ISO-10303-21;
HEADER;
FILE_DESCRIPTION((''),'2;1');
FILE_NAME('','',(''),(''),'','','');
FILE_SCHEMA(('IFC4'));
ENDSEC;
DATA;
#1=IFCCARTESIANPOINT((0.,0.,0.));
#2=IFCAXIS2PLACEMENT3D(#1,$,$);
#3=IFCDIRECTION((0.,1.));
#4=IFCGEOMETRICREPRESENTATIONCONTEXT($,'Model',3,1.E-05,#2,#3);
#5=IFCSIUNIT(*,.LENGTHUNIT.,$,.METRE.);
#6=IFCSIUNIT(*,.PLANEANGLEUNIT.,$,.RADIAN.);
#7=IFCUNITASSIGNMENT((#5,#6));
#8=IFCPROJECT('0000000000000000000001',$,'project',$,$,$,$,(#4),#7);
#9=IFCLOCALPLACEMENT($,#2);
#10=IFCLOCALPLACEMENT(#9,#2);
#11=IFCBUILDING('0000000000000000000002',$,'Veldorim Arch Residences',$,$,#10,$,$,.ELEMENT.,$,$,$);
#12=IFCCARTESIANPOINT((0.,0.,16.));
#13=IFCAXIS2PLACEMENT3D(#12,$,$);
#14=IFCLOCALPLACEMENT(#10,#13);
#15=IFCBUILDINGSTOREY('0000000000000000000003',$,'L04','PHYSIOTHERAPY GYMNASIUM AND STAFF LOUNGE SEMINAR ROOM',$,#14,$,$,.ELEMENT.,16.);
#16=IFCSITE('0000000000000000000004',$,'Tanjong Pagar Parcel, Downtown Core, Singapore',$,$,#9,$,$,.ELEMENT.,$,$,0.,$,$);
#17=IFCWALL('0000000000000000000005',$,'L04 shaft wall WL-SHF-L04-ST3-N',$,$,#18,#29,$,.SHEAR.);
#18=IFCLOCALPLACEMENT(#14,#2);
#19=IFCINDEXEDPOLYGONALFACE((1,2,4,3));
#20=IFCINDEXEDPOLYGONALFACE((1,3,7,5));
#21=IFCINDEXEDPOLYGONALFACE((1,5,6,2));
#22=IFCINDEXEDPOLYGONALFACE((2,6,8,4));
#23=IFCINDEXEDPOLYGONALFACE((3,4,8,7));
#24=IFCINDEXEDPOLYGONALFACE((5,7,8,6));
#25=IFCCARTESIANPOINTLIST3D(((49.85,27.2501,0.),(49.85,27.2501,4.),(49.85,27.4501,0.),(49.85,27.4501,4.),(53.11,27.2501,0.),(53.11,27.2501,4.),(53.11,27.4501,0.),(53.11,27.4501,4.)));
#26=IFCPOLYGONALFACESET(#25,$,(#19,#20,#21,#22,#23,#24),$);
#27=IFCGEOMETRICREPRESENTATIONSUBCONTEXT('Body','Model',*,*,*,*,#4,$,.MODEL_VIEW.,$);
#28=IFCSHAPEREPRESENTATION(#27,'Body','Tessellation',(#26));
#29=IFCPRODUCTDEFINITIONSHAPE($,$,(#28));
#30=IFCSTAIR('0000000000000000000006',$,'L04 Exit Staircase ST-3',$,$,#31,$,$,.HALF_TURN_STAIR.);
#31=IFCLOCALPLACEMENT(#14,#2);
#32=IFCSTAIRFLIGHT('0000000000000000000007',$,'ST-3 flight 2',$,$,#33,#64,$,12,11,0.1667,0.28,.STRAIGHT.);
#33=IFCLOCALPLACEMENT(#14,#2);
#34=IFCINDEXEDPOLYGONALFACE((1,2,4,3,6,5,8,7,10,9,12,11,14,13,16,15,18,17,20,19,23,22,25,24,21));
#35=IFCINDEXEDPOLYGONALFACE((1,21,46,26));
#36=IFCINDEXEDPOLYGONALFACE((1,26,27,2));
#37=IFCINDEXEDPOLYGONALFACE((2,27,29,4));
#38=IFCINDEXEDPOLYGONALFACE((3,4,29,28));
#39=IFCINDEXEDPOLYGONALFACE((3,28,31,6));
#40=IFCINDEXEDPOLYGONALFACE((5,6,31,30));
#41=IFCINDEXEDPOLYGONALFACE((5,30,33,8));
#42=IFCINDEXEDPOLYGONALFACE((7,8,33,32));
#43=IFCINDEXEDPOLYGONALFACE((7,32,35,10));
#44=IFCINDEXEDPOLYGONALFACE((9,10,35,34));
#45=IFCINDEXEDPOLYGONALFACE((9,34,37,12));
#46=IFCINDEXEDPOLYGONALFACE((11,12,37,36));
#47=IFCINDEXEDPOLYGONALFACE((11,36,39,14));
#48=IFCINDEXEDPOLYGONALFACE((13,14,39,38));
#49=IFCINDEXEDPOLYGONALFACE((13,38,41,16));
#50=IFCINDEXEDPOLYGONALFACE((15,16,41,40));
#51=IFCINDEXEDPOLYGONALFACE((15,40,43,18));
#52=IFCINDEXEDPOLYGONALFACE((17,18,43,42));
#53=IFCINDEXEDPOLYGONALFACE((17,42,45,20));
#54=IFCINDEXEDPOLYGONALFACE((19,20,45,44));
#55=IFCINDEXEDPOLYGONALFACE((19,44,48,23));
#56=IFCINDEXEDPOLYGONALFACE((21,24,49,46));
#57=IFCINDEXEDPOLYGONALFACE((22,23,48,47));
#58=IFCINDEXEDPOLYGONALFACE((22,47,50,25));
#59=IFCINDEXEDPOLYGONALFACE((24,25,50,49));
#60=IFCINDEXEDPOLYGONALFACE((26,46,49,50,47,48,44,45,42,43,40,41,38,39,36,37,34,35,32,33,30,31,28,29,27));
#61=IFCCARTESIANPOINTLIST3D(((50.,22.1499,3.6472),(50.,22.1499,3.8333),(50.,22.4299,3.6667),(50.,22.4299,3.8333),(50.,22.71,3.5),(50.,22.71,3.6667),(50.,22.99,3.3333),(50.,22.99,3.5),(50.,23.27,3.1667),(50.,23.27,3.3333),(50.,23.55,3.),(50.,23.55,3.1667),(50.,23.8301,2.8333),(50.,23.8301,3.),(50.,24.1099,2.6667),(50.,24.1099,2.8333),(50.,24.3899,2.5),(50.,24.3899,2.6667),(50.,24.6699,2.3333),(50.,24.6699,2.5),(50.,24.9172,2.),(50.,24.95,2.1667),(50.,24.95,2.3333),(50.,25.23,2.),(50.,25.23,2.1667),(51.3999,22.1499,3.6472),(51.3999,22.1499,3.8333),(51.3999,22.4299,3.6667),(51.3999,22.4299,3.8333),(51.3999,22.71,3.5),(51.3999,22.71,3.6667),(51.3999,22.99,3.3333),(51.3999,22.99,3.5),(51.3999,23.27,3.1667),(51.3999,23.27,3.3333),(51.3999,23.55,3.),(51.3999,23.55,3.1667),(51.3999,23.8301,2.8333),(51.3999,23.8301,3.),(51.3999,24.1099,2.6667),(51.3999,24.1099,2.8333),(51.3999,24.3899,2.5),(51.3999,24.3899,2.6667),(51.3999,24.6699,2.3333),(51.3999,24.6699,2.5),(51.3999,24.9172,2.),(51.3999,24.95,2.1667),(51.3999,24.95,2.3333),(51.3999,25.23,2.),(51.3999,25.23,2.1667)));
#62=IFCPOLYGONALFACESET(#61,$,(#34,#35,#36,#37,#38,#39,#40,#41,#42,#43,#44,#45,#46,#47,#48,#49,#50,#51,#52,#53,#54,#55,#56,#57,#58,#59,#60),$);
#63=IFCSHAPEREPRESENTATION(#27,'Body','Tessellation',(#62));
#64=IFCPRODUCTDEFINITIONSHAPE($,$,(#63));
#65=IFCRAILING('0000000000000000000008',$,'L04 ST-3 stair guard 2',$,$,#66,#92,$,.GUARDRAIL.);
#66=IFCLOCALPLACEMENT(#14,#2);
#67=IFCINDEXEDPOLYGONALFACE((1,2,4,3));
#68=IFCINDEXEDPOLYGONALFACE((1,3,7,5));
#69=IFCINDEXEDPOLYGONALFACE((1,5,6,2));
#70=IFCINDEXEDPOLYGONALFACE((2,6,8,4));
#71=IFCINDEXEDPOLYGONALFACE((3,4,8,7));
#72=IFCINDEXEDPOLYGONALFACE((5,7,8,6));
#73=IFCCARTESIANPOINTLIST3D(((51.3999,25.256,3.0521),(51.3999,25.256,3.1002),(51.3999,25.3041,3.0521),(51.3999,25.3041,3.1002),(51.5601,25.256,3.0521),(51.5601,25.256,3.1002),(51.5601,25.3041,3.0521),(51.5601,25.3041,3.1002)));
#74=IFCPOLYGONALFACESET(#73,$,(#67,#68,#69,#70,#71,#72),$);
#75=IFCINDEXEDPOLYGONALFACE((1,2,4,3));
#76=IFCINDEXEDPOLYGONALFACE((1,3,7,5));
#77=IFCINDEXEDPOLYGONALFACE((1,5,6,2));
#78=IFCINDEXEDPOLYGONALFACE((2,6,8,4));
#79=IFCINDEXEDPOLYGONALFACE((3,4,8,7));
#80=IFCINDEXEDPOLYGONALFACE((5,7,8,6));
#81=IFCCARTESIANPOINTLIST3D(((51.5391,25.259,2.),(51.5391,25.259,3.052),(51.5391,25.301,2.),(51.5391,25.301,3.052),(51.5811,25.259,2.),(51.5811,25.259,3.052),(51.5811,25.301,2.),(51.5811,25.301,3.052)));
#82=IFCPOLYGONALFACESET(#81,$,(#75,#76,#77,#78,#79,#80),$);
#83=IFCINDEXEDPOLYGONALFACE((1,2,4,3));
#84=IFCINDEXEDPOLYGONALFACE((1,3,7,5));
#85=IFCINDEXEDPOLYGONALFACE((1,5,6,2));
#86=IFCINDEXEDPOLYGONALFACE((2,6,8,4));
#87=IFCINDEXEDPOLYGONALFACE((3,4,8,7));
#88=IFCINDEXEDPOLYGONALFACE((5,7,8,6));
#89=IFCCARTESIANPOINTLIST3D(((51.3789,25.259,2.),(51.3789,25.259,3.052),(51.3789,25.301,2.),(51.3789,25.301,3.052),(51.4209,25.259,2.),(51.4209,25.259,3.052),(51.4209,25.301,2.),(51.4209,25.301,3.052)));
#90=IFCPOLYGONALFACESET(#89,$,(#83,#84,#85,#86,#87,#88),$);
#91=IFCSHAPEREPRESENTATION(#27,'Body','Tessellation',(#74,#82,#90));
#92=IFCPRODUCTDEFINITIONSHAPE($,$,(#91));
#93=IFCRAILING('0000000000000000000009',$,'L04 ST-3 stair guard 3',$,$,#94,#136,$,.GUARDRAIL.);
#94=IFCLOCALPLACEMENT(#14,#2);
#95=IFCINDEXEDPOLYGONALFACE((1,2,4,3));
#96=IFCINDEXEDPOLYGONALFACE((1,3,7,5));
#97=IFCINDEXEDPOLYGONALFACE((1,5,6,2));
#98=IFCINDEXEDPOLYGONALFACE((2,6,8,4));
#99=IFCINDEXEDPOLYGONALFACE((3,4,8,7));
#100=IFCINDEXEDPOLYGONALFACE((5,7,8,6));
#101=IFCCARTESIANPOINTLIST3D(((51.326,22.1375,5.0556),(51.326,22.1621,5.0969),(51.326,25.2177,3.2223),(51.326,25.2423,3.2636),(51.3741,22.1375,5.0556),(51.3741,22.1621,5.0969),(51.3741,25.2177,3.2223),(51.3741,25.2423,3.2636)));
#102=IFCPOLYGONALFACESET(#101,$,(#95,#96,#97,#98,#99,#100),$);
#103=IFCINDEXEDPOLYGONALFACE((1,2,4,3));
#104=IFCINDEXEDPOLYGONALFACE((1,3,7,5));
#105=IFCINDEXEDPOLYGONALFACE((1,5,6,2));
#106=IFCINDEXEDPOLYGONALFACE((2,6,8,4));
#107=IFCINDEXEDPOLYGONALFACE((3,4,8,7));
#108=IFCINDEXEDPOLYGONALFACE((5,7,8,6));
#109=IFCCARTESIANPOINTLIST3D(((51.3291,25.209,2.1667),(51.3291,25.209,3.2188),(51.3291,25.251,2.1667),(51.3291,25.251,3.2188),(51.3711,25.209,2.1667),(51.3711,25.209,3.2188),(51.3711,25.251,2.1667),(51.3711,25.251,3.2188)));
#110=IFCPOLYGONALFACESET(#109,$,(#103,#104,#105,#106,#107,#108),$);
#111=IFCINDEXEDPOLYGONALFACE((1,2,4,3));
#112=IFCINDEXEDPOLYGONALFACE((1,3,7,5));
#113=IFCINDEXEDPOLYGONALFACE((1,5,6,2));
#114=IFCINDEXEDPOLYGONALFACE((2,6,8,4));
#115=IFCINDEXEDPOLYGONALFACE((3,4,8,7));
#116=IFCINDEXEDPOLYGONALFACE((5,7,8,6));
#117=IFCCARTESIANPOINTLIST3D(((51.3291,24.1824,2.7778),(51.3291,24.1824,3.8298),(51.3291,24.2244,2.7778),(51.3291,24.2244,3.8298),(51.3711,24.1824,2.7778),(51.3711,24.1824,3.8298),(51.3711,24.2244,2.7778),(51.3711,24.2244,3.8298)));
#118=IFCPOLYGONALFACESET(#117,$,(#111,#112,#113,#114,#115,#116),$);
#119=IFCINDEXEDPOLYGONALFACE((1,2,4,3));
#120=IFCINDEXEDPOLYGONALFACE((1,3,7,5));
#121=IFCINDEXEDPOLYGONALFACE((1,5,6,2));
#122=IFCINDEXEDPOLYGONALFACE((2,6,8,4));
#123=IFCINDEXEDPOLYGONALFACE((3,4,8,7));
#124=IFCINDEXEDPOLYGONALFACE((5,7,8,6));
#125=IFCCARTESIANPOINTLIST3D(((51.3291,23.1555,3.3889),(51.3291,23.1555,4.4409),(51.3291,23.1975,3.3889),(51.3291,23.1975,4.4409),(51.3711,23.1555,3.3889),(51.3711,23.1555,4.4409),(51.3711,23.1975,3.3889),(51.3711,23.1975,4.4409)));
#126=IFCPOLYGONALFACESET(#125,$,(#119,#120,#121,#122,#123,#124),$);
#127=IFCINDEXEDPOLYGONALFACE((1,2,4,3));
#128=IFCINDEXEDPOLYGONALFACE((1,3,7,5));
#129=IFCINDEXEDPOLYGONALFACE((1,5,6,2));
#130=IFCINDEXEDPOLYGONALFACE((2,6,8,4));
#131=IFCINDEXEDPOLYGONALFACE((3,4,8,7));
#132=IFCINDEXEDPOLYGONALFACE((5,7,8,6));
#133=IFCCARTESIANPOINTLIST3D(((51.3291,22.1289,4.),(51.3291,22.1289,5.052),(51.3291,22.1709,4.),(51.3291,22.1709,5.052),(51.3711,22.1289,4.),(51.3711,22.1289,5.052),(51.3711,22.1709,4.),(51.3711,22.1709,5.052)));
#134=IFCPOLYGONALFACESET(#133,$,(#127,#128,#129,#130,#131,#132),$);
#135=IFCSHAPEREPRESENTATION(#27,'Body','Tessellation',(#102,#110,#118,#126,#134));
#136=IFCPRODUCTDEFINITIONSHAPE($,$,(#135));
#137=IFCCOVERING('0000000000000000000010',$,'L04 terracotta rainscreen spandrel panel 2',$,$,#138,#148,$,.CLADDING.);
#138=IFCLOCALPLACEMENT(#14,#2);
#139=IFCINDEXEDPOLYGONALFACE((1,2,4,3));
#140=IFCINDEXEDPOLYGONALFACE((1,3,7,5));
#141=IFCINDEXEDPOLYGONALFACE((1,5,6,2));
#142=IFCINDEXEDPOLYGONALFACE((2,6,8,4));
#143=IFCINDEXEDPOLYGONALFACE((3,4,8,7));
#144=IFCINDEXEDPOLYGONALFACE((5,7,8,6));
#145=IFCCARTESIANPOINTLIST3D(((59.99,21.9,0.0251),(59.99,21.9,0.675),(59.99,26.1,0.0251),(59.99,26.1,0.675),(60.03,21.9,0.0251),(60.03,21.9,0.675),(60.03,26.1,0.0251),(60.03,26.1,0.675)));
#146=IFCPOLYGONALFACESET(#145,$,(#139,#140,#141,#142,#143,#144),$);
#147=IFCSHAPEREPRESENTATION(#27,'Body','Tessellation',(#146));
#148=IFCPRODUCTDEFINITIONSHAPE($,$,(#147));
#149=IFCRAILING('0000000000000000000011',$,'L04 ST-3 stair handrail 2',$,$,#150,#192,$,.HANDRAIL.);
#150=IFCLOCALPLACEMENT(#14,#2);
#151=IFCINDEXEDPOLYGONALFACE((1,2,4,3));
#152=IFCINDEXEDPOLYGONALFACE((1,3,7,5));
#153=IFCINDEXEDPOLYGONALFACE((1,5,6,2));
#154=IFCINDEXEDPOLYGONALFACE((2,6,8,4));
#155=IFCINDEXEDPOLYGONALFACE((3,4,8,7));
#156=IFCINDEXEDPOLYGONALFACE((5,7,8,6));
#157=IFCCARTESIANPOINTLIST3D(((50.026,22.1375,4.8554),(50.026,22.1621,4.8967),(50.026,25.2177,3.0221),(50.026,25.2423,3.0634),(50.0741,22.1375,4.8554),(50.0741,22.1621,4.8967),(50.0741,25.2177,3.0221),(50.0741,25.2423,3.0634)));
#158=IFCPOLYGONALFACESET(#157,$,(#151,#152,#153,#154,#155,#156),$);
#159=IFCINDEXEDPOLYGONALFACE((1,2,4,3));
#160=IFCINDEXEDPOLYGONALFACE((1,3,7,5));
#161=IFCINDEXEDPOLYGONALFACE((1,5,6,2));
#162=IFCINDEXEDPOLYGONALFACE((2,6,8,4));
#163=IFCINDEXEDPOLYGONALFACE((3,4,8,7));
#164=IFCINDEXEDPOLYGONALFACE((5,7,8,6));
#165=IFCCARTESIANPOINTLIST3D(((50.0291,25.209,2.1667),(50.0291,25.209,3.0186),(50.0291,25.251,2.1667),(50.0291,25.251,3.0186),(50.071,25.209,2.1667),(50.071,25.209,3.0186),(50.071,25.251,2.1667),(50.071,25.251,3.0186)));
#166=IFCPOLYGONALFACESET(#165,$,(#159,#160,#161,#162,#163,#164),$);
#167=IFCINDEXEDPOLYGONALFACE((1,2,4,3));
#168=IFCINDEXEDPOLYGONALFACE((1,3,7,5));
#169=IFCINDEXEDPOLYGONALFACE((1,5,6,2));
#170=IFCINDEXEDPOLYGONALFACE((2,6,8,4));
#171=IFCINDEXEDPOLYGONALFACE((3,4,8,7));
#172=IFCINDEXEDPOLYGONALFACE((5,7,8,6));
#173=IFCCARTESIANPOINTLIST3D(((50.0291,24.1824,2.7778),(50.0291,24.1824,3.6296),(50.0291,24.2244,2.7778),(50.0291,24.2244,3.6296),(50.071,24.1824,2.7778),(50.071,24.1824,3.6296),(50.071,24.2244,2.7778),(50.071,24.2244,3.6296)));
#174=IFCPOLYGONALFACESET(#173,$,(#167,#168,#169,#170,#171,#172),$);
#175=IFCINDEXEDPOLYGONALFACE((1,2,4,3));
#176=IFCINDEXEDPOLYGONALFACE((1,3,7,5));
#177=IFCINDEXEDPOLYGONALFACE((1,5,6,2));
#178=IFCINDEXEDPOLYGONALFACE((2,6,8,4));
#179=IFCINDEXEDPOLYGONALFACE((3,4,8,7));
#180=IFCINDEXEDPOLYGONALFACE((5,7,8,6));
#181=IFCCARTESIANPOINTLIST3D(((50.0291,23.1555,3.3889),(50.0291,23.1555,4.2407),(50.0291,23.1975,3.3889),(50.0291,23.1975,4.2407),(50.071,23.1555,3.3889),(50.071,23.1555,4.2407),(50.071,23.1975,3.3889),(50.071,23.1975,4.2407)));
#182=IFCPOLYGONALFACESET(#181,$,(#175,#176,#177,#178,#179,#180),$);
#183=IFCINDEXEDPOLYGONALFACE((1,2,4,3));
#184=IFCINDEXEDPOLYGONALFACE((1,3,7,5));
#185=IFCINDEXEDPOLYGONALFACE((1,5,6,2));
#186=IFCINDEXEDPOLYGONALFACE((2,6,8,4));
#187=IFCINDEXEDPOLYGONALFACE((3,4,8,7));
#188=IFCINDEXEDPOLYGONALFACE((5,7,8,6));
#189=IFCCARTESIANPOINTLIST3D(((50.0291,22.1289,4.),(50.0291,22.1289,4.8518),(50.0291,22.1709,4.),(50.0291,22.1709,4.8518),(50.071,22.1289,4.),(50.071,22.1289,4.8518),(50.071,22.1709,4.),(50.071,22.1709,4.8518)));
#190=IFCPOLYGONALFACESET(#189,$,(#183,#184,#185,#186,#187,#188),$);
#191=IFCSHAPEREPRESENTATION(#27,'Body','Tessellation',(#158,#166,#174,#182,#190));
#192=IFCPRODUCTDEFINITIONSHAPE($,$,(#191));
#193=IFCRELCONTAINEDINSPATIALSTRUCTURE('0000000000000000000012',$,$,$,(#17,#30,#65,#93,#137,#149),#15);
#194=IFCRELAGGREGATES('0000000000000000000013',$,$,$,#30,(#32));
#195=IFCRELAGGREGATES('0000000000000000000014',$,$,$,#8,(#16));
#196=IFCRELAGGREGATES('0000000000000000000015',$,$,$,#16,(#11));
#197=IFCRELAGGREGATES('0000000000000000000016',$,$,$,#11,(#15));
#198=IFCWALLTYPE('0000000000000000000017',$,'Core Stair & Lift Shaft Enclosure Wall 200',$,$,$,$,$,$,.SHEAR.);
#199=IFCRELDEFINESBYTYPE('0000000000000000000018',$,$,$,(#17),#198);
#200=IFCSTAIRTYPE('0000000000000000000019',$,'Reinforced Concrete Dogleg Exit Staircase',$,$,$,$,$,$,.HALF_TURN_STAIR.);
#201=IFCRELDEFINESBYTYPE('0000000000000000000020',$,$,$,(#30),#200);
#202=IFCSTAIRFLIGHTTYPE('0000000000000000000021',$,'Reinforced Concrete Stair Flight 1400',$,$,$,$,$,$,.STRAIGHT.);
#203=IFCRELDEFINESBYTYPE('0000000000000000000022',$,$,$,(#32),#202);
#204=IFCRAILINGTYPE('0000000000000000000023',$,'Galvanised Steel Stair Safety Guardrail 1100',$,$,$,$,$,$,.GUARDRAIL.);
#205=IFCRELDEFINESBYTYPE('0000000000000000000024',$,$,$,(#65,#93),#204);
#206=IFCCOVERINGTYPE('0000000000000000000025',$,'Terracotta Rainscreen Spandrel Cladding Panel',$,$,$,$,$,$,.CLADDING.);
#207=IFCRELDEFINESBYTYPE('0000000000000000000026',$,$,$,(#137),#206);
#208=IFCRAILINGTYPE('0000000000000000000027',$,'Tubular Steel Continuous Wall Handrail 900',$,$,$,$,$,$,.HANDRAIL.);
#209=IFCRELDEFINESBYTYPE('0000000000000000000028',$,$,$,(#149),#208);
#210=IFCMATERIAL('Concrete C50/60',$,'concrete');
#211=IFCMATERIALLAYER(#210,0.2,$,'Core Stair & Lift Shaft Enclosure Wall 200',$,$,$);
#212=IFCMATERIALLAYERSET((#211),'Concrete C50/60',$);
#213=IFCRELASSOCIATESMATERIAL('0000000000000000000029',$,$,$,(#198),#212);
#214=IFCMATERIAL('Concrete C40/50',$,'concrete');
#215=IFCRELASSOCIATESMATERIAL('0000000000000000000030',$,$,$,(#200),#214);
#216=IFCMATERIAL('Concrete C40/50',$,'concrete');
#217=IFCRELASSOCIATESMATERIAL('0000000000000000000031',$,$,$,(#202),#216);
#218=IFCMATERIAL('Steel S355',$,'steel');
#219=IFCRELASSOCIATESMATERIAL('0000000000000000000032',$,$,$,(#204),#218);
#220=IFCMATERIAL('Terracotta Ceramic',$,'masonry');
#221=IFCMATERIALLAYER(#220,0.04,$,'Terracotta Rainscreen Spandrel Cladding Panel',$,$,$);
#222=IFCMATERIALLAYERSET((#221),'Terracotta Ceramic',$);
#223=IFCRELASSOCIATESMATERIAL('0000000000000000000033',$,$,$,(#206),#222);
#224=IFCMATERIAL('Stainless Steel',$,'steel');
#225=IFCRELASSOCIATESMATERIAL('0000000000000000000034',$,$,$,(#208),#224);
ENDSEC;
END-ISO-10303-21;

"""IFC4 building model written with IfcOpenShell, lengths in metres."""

from ifc_helpers import new_model, si_unit, direction, frame, frame_2d, origin, origin_2d, place, context, subcontext, project, spatial, polyline, rectangle, outline, extrude, material, layer, layer_set, type_object, element, aggregate, save


model = new_model("IFC4")

# Units and contexts
model_context = context("Model", 3, precision=1e-05, world=origin(), true_north=direction((0.0, 1.0)))
body_context = subcontext(model_context, "Body", "Model", "MODEL_VIEW")
ifc_project = project(units=[si_unit("LENGTHUNIT", "METRE"), si_unit("PLANEANGLEUNIT", "RADIAN")], contexts=[model_context])

# Site, building, storey
site_placement = place(None, origin())
site = spatial("IfcSite", under=ifc_project, at=site_placement, Name="Tanjong Pagar Parcel, Downtown Core, Singapore", CompositionType="ELEMENT", RefElevation=0.0)
building_placement = place(site_placement, origin())
building = spatial("IfcBuilding", under=site, at=building_placement, Name="Veldorim Arch Residences", CompositionType="ELEMENT")
storey_placement = place(building_placement, frame((0.0, 0.0, 16.0)))
storey = spatial("IfcBuildingStorey", under=building, at=storey_placement, Name="L04", Description="PHYSIOTHERAPY GYMNASIUM AND STAFF LOUNGE SEMINAR ROOM", CompositionType="ELEMENT", Elevation=16.0)

# Wall
ifc_material_1 = material(Name="Concrete C50/60", Category="concrete")
ifc_layer_1 = layer(ifc_material_1, 0.2, Name="Core Stair & Lift Shaft Enclosure Wall 200")
ifc_layer_set_1 = layer_set([ifc_layer_1], Name="Concrete C50/60")
wall_type_1 = type_object("IfcWallType", Name="Core Stair & Lift Shaft Enclosure Wall 200", PredefinedType="SHEAR", material=ifc_layer_set_1)
wall_1_placement = place(storey_placement, frame((49.8501, 27.3501, 0.0), z_axis=(0.0, 0.0, 1.0), x_axis=(1.0, 0.0, 0.0)))
element("IfcWall", 1, at=wall_1_placement, inside=storey, type_object=wall_type_1, Name="L04 shaft wall WL-SHF-L04-ST3-N", PredefinedType="SHEAR", context=body_context, shape_type="SweptSolid", body=[
    extrude(rectangle(XDim=3.26, YDim=0.2, at=frame_2d((1.6299, 0.0))), origin(), (0.0, 0.0, 1.0), 4.0),
])

# Stair, stair flight
ifc_material_2 = material(Name="Concrete C40/50", Category="concrete")
stair_type = type_object("IfcStairType", Name="Reinforced Concrete Dogleg Exit Staircase", PredefinedType="HALF_TURN_STAIR", material=ifc_material_2)
stair_placement = place(storey_placement, origin())
stair = element("IfcStair", 2, at=stair_placement, inside=storey, type_object=stair_type, Name="L04 Exit Staircase ST-3", PredefinedType="HALF_TURN_STAIR")
ifc_material_3 = material(Name="Concrete C40/50", Category="concrete")
stair_flight_type = type_object("IfcStairFlightType", Name="Reinforced Concrete Stair Flight 1400", PredefinedType="STRAIGHT", material=ifc_material_3)
stair_flight_placement = place(storey_placement, frame((50.7, 25.23, 2.0), z_axis=(0.0, 0.0, 1.0), x_axis=(0.0, -1.0, 0.0)))
stair_flight = element("IfcStairFlight", 3, at=stair_flight_placement, type_object=stair_flight_type, Name="ST-3 flight 2", NumberOfRisers=12, NumberOfTreads=11, PredefinedType="STRAIGHT", RiserHeight=0.1667, TreadLength=0.28, context=body_context, shape_type="SweptSolid", body=[
    extrude(outline(polyline([(0.0, 0.0), (0.0, 0.1667), (0.28, 0.1667), (0.28, 0.3333), (0.5601, 0.3333), (0.5601, 0.5), (0.8401, 0.5), (0.8401, 0.6667), (1.1201, 0.6667), (1.1201, 0.8333), (1.3999, 0.8333), (1.3999, 1.0), (1.6799, 1.0), (1.6799, 1.1667), (1.96, 1.1667), (1.96, 1.3333), (2.24, 1.3333), (2.24, 1.5), (2.52, 1.5), (2.52, 1.6667), (2.8, 1.6667), (2.8, 1.8333), (3.0801, 1.8333), (3.0801, 2.0), (3.0801, 1.6472), (0.3127, 0.0), (0.0, 0.0)])), frame((0.0, 0.7, 0.0), z_axis=(0.0, -1.0, 0.0), x_axis=(1.0, 0.0, 0.0)), (0.0, 0.0, 1.0), 1.3999),
])
aggregate(stair, [stair_flight])

# Railings
ifc_material_4 = material(Name="Steel S355", Category="steel")
railing_type_1 = type_object("IfcRailingType", Name="Galvanised Steel Stair Safety Guardrail 1100", PredefinedType="GUARDRAIL", material=ifc_material_4)
railing_1_placement = place(storey_placement, frame((51.5601, 25.28, 2.0)))
element("IfcRailing", 4, at=railing_1_placement, inside=storey, type_object=railing_type_1, Name="L04 ST-3 stair guard 2", PredefinedType="GUARDRAIL", context=body_context, shape_type="SweptSolid", body=[
    extrude(rectangle(XDim=0.0481, YDim=0.0481, at=origin_2d()), frame((0.0, 0.0, 1.0762), z_axis=(-1.0, 0.0, 0.0), x_axis=(0.0, -1.0, 0.0)), (0.0, 0.0, 1.0), 0.1602),
    extrude(rectangle(XDim=0.042, YDim=0.042, at=origin_2d()), origin(), (0.0, 0.0, 1.0), 1.052),
    extrude(rectangle(XDim=0.042, YDim=0.042, at=origin_2d()), frame((-0.1602, 0.0, 0.0)), (0.0, 0.0, 1.0), 1.052),
])
railing_2_placement = place(storey_placement, frame((51.3501, 25.23, 2.1667)))
element("IfcRailing", 5, at=railing_2_placement, inside=storey, type_object=railing_type_1, Name="L04 ST-3 stair guard 3", PredefinedType="GUARDRAIL", context=body_context, shape_type="SweptSolid", body=[
    extrude(rectangle(XDim=0.0481, YDim=0.0481, at=origin_2d()), frame((0.0, 0.0, 1.0762), z_axis=(0.0, -0.859309, 0.511458), x_axis=(1.0, 0.0, 0.0)), (0.0, 0.0, 1.0), 3.5845),
    extrude(rectangle(XDim=0.042, YDim=0.042, at=origin_2d()), origin(), (0.0, 0.0, 1.0), 1.052),
    extrude(rectangle(XDim=0.042, YDim=0.042, at=origin_2d()), frame((0.0, -1.0266, 0.6111)), (0.0, 0.0, 1.0), 1.052),
    extrude(rectangle(XDim=0.042, YDim=0.042, at=origin_2d()), frame((0.0, -2.0535, 1.2222)), (0.0, 0.0, 1.0), 1.052),
    extrude(rectangle(XDim=0.042, YDim=0.042, at=origin_2d()), frame((0.0, -3.0801, 1.8333)), (0.0, 0.0, 1.0), 1.052),
])

# Covering
ifc_material_5 = material(Name="Terracotta Ceramic", Category="masonry")
ifc_layer_2 = layer(ifc_material_5, 0.04, Name="Terracotta Rainscreen Spandrel Cladding Panel")
ifc_layer_set_2 = layer_set([ifc_layer_2], Name="Terracotta Ceramic")
covering_type = type_object("IfcCoveringType", Name="Terracotta Rainscreen Spandrel Cladding Panel", PredefinedType="CLADDING", material=ifc_layer_set_2)
covering_placement = place(storey_placement, frame((60.01, 24.0, 0.0251), z_axis=(0.0, 0.0, 1.0), x_axis=(0.0, 1.0, 0.0)))
element("IfcCovering", 6, at=covering_placement, inside=storey, type_object=covering_type, Name="L04 terracotta rainscreen spandrel panel 2", PredefinedType="CLADDING", context=body_context, shape_type="SweptSolid", body=[
    extrude(rectangle(XDim=4.2, YDim=0.04, at=origin_2d()), origin(), (0.0, 0.0, 1.0), 0.6499),
])

# Railing
ifc_material_6 = material(Name="Stainless Steel", Category="steel")
railing_type_2 = type_object("IfcRailingType", Name="Tubular Steel Continuous Wall Handrail 900", PredefinedType="HANDRAIL", material=ifc_material_6)
railing_3_placement = place(storey_placement, frame((50.05, 25.23, 2.1667)))
element("IfcRailing", 7, at=railing_3_placement, inside=storey, type_object=railing_type_2, Name="L04 ST-3 stair handrail 2", PredefinedType="HANDRAIL", context=body_context, shape_type="SweptSolid", body=[
    extrude(rectangle(XDim=0.0481, YDim=0.0481, at=origin_2d()), frame((0.0, 0.0, 0.876), z_axis=(0.0, -0.859309, 0.511458), x_axis=(1.0, 0.0, 0.0)), (0.0, 0.0, 1.0), 3.5845),
    extrude(rectangle(XDim=0.042, YDim=0.042, at=origin_2d()), origin(), (0.0, 0.0, 1.0), 0.8518),
    extrude(rectangle(XDim=0.042, YDim=0.042, at=origin_2d()), frame((0.0, -1.0266, 0.6111)), (0.0, 0.0, 1.0), 0.8518),
    extrude(rectangle(XDim=0.042, YDim=0.042, at=origin_2d()), frame((0.0, -2.0535, 1.2222)), (0.0, 0.0, 1.0), 0.8518),
    extrude(rectangle(XDim=0.042, YDim=0.042, at=origin_2d()), frame((0.0, -3.0801, 1.8333)), (0.0, 0.0, 1.0), 0.8518),
])

save(model, "model.ifc")
